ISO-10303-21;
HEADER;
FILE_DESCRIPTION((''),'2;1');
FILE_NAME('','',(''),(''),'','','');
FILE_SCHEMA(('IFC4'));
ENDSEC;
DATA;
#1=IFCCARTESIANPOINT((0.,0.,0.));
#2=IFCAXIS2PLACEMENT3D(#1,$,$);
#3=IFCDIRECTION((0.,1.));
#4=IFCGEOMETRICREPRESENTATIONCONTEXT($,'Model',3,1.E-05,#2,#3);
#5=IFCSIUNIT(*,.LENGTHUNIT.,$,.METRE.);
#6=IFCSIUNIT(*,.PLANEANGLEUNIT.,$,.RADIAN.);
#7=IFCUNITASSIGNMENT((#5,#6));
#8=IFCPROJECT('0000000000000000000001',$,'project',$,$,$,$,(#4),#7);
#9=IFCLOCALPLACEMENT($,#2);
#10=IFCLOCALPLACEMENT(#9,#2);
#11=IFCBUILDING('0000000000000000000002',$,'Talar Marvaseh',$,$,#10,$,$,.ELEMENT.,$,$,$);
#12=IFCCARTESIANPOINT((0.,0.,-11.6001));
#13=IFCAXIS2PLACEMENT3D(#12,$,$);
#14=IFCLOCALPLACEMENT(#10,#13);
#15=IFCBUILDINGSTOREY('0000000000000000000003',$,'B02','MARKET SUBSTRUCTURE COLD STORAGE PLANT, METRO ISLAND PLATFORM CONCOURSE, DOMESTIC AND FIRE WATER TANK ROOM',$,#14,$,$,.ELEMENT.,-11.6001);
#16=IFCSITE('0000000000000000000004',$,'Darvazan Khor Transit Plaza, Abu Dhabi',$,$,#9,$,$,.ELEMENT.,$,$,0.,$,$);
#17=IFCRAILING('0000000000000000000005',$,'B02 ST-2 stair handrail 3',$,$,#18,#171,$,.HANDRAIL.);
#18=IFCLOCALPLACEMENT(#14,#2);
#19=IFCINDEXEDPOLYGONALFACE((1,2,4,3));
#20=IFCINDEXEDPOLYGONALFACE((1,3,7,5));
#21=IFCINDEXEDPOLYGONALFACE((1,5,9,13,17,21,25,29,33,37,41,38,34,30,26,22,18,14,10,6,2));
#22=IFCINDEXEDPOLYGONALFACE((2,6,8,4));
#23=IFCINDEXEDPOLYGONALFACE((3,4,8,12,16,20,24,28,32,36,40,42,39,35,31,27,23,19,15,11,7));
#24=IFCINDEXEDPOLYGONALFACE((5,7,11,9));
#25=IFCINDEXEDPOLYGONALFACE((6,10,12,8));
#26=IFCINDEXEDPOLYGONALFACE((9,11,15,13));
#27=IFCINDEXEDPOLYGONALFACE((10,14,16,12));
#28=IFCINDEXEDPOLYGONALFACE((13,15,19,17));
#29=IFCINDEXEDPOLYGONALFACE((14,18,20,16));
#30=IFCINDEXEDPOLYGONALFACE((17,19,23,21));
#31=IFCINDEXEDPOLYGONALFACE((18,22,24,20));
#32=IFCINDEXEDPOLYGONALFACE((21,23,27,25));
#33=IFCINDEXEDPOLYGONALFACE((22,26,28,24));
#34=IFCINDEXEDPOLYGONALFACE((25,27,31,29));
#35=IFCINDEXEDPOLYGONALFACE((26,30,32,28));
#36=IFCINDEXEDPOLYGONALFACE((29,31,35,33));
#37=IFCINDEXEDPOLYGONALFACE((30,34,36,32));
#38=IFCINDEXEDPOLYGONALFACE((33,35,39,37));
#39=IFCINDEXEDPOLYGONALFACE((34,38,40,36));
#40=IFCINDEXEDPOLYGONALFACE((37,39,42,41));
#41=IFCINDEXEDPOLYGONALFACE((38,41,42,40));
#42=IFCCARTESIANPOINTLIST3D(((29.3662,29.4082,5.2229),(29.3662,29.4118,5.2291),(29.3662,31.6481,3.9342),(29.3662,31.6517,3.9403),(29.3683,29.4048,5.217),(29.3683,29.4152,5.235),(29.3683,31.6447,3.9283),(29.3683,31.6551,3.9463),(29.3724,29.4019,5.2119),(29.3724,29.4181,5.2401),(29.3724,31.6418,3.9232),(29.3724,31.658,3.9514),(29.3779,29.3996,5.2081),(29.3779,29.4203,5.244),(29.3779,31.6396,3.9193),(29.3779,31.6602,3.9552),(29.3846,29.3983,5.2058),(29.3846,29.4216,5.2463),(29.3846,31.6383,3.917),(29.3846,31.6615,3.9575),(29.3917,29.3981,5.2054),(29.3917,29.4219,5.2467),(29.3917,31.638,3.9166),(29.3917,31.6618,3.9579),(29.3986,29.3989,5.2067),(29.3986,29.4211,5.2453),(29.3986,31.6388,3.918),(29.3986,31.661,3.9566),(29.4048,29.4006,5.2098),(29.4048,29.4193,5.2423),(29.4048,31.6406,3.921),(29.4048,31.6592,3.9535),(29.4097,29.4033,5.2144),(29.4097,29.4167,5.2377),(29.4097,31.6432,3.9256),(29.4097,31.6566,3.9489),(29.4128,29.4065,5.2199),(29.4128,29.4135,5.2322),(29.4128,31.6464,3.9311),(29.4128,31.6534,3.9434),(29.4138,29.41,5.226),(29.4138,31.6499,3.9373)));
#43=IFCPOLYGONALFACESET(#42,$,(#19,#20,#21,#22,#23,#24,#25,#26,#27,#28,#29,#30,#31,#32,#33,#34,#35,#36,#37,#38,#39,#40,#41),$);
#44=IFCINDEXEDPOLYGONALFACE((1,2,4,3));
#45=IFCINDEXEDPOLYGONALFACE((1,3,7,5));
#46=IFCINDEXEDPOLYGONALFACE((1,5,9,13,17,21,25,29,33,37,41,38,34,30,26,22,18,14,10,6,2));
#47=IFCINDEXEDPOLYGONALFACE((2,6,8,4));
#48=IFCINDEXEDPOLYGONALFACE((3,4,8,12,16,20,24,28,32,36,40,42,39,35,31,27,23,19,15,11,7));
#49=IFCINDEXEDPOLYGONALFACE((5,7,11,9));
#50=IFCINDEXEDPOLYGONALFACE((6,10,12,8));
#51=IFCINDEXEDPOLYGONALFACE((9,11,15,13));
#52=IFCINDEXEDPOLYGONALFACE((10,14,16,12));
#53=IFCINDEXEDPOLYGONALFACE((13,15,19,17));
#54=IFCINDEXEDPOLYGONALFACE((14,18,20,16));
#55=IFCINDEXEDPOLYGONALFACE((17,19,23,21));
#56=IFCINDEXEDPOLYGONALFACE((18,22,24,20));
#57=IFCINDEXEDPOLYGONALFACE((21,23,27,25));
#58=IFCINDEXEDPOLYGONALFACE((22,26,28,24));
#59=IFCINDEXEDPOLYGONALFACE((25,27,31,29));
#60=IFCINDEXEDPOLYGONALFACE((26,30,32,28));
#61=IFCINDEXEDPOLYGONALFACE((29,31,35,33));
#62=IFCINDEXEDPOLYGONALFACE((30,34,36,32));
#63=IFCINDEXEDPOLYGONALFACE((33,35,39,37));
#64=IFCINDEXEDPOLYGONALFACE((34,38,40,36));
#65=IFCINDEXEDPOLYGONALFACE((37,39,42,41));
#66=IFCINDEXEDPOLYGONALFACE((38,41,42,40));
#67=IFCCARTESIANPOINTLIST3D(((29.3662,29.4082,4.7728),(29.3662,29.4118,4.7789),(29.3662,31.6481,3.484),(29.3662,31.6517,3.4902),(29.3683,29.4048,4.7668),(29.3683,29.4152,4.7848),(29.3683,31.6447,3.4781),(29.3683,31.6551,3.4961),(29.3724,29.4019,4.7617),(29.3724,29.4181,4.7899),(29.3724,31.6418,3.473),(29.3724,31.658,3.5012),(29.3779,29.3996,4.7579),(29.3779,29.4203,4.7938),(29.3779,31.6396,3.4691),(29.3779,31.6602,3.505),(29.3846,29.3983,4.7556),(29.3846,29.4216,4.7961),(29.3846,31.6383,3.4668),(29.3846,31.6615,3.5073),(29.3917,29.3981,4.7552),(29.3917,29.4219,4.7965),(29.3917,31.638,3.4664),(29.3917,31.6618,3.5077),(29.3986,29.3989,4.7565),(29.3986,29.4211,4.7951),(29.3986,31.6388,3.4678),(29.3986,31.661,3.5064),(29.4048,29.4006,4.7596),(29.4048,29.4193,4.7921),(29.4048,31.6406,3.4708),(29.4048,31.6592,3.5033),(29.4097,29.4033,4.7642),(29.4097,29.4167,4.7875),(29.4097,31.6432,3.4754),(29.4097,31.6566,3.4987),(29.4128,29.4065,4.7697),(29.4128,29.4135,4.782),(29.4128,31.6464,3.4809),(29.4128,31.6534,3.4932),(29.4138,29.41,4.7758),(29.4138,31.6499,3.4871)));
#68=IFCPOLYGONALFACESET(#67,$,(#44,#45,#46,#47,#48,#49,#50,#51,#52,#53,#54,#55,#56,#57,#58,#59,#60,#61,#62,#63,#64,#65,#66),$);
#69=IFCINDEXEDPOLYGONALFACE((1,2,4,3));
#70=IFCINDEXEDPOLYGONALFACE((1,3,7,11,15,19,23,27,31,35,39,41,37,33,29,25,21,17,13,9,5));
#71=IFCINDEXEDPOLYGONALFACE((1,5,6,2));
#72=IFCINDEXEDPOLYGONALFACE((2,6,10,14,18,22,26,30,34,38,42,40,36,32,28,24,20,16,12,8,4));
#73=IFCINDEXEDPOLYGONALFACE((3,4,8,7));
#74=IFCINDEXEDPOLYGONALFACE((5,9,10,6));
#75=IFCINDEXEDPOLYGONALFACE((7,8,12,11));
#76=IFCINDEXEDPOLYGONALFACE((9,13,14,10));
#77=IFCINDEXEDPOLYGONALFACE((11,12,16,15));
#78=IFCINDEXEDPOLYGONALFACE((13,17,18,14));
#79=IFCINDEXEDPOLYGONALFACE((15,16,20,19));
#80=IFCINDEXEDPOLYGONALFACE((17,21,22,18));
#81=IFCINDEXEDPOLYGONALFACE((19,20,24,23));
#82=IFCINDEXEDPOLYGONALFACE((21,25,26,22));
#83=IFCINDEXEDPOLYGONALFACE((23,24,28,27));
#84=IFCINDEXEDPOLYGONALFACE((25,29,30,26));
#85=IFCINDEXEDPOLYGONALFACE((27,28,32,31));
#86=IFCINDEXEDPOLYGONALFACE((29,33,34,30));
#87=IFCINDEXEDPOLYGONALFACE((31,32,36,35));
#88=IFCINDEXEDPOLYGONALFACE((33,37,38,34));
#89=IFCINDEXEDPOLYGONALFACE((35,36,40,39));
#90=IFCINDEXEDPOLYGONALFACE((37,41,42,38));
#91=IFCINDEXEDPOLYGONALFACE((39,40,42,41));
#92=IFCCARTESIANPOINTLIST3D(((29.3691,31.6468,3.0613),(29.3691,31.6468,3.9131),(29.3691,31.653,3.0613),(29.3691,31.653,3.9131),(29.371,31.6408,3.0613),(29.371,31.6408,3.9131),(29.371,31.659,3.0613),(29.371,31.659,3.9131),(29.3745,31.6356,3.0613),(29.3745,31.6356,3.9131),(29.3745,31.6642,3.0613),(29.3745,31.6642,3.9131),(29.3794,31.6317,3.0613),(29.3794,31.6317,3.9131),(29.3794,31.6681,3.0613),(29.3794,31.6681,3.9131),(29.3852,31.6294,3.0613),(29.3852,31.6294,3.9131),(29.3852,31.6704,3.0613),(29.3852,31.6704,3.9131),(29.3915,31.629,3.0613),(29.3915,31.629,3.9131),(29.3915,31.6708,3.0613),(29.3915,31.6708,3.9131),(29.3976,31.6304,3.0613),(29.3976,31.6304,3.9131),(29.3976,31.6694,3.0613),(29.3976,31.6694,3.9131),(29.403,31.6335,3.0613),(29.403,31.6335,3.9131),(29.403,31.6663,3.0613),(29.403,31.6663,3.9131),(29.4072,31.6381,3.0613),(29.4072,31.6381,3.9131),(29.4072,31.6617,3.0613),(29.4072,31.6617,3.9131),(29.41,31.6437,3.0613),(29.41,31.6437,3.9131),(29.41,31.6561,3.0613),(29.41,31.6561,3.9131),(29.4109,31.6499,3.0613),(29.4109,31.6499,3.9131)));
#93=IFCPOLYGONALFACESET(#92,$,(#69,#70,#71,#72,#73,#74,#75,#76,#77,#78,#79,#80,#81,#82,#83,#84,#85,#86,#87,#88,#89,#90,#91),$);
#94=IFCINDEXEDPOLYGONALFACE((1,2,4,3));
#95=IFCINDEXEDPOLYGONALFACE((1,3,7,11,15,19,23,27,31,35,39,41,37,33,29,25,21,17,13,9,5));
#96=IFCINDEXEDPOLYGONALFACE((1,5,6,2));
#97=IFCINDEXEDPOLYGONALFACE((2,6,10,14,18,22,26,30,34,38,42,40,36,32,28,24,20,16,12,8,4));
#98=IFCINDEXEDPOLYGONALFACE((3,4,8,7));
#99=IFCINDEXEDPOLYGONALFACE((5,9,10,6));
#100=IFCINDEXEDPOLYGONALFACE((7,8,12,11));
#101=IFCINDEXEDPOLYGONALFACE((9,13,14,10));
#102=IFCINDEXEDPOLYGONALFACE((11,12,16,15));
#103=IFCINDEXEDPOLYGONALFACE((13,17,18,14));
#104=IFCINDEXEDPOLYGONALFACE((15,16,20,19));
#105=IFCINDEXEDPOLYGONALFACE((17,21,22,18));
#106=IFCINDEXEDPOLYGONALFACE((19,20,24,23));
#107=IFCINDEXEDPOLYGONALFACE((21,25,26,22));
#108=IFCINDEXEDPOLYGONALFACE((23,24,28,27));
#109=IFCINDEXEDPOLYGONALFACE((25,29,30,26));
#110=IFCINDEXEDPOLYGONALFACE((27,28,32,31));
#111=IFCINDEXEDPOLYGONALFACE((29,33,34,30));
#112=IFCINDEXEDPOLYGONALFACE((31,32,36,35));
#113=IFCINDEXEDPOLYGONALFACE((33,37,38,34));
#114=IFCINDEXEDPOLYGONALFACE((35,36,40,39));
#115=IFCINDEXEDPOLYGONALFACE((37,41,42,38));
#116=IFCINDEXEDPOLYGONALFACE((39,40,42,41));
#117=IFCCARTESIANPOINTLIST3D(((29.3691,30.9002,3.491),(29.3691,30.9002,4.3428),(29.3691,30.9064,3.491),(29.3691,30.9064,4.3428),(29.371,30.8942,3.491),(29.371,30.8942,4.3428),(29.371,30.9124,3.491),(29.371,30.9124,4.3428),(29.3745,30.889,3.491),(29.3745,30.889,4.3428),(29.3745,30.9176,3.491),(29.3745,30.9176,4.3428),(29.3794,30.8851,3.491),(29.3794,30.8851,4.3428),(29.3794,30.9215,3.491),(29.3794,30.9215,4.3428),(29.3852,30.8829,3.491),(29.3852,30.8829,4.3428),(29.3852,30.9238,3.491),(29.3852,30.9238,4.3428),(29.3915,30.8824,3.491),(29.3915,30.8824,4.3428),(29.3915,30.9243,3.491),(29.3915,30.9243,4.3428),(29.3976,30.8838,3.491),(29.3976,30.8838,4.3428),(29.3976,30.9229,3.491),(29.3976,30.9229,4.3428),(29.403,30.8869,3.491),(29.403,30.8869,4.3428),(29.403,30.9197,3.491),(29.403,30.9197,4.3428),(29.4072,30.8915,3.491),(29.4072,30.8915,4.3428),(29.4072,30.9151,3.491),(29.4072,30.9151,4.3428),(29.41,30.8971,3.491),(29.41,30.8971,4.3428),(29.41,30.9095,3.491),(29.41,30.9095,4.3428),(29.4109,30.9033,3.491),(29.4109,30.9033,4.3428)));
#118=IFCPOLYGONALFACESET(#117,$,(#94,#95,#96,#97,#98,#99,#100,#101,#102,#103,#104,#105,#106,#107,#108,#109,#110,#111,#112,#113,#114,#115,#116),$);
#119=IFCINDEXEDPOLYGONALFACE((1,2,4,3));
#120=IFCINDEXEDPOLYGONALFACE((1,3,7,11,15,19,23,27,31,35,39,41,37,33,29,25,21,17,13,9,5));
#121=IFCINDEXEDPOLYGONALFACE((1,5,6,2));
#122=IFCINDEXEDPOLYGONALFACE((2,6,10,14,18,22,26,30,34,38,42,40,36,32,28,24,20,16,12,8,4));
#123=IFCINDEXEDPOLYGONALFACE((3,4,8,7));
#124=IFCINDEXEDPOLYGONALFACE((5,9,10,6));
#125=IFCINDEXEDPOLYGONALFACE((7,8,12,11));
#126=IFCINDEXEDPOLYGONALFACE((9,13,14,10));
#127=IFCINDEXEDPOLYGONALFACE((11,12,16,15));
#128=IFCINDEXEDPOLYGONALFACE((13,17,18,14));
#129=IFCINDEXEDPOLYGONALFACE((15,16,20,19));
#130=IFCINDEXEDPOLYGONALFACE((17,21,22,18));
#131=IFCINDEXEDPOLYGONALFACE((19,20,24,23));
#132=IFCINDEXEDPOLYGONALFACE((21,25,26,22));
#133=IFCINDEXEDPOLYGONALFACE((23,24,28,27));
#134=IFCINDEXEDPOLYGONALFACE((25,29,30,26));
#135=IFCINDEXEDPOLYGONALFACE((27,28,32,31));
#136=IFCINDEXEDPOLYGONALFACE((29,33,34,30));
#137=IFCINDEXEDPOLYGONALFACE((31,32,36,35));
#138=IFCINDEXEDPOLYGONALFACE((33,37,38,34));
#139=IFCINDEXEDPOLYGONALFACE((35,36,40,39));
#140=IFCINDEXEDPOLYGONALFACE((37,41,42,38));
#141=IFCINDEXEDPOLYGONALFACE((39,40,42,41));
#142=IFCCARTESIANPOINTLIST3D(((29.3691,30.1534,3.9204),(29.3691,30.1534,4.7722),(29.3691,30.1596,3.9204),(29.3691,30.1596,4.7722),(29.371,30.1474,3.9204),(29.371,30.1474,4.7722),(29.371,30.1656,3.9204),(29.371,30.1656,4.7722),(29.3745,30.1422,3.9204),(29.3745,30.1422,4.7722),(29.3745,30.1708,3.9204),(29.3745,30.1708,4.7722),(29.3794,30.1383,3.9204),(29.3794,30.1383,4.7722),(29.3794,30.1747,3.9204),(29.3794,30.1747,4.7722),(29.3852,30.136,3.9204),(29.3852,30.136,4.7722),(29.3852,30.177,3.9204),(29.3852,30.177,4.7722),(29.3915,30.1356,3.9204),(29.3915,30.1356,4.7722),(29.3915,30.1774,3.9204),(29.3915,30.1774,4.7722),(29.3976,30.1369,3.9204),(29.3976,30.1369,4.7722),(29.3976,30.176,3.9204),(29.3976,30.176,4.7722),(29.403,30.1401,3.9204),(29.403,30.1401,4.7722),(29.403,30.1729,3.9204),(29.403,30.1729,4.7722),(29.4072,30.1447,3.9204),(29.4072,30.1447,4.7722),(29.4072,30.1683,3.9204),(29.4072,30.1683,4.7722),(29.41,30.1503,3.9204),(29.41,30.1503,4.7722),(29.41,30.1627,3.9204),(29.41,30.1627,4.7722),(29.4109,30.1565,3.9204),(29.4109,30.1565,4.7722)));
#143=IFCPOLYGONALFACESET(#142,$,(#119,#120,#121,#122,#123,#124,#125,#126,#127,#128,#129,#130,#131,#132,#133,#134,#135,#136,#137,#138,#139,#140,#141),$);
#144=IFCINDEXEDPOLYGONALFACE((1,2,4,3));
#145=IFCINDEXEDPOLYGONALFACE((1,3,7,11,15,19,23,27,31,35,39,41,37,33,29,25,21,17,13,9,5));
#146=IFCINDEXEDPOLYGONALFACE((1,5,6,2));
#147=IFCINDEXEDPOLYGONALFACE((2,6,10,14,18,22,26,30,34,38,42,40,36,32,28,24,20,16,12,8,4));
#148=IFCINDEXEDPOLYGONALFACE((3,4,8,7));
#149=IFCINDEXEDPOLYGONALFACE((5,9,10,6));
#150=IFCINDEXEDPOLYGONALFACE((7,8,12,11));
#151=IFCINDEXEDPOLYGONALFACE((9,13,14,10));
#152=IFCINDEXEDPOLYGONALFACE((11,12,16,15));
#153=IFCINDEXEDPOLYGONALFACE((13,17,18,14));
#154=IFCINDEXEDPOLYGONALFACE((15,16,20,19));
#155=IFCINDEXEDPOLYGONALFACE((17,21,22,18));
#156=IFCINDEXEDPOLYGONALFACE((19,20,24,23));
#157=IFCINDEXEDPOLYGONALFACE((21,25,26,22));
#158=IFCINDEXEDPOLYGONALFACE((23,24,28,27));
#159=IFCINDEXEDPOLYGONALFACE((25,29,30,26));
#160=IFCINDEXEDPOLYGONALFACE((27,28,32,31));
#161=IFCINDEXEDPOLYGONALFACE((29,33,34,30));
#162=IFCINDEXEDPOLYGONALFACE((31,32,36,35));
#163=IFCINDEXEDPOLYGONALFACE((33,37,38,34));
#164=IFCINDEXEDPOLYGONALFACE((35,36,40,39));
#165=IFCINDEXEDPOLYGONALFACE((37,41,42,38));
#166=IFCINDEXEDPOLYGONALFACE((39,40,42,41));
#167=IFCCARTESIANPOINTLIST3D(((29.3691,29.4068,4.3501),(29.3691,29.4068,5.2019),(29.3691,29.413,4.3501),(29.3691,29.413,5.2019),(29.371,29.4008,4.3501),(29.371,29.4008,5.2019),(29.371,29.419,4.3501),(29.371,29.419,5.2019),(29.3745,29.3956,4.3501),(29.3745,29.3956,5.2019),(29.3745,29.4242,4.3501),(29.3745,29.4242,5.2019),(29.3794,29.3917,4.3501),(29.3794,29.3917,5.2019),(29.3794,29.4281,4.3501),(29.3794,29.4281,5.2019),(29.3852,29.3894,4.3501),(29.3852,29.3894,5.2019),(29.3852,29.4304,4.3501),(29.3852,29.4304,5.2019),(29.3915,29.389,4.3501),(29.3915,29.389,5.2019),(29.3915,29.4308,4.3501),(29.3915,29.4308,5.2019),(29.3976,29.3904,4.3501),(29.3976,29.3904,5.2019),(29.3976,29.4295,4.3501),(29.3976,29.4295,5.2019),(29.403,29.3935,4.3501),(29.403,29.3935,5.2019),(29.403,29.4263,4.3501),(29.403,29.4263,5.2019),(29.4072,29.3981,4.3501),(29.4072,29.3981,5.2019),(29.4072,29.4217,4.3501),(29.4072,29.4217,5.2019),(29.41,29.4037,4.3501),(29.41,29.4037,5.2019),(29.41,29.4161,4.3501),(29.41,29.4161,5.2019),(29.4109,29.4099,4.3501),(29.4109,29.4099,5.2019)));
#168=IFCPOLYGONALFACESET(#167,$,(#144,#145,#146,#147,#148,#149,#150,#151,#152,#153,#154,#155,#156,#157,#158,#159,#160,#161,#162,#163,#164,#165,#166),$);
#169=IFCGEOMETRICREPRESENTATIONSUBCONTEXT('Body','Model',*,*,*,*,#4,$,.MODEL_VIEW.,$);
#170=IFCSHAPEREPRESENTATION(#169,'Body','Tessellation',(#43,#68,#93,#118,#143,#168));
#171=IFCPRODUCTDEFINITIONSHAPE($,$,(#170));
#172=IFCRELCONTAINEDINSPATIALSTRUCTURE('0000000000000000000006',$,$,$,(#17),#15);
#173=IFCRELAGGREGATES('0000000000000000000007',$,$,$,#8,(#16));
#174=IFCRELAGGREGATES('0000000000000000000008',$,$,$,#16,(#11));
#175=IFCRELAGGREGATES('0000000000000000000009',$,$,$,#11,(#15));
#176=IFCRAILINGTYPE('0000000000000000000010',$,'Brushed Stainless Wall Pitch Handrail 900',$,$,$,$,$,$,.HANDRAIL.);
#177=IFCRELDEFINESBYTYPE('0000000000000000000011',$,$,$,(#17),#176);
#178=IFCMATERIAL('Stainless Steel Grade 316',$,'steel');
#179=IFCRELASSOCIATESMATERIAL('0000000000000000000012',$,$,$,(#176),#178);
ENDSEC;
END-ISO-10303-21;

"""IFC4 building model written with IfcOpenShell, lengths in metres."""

from ifc_helpers import new_model, si_unit, direction, frame, origin, origin_2d, place, context, subcontext, project, spatial, circle, extrude, material, type_object, element, save


model = new_model("IFC4")

# Units and contexts
model_context = context("Model", 3, precision=1e-05, world=origin(), true_north=direction((0.0, 1.0)))
body_context = subcontext(model_context, "Body", "Model", "MODEL_VIEW")
ifc_project = project(units=[si_unit("LENGTHUNIT", "METRE"), si_unit("PLANEANGLEUNIT", "RADIAN")], contexts=[model_context])

# Site, building, storey
site_placement = place(None, origin())
site = spatial("IfcSite", under=ifc_project, at=site_placement, Name="Darvazan Khor Transit Plaza, Abu Dhabi", CompositionType="ELEMENT", RefElevation=0.0)
building_placement = place(site_placement, origin())
building = spatial("IfcBuilding", under=site, at=building_placement, Name="Talar Marvaseh", CompositionType="ELEMENT")
storey_placement = place(building_placement, frame((0.0, 0.0, -11.6001)))
storey = spatial("IfcBuildingStorey", under=building, at=storey_placement, Name="B02", Description="MARKET SUBSTRUCTURE COLD STORAGE PLANT, METRO ISLAND PLATFORM CONCOURSE, DOMESTIC AND FIRE WATER TANK ROOM", CompositionType="ELEMENT", Elevation=-11.6001)

# Railing
ifc_material_1 = material(Name="Stainless Steel Grade 316", Category="steel")
railing_type_1 = type_object("IfcRailingType", Name="Brushed Stainless Wall Pitch Handrail 900", PredefinedType="HANDRAIL", material=ifc_material_1)
railing_1_placement = place(storey_placement, frame((29.3899, 31.6499, 3.0613)))
element("IfcRailing", 1, at=railing_1_placement, inside=storey, type_object=railing_type_1, Name="B02 ST-2 stair handrail 3", PredefinedType="HANDRAIL", context=body_context, shape_type="SweptSolid", body=[
    extrude(circle(Radius=0.0239, at=origin_2d()), frame((0.0, 0.0, 0.876), z_axis=(0.0, -0.866768, 0.498711), x_axis=(1.0, 0.0, 0.0)), (0.0, 0.0, 1.0), 2.5842),
    extrude(circle(Radius=0.0239, at=origin_2d()), frame((0.0, 0.0, 0.4258), z_axis=(0.0, -0.866768, 0.498711), x_axis=(1.0, 0.0, 0.0)), (0.0, 0.0, 1.0), 2.5842),
    extrude(circle(Radius=0.021, at=origin_2d()), origin(), (0.0, 0.0, 1.0), 0.8518),
    extrude(circle(Radius=0.021, at=origin_2d()), frame((0.0, -0.7466, 0.4297)), (0.0, 0.0, 1.0), 0.8518),
    extrude(circle(Radius=0.021, at=origin_2d()), frame((0.0, -1.4934, 0.8591)), (0.0, 0.0, 1.0), 0.8518),
    extrude(circle(Radius=0.021, at=origin_2d()), frame((0.0, -2.24, 1.2888)), (0.0, 0.0, 1.0), 0.8518),
])

save(model, "model.ifc")
